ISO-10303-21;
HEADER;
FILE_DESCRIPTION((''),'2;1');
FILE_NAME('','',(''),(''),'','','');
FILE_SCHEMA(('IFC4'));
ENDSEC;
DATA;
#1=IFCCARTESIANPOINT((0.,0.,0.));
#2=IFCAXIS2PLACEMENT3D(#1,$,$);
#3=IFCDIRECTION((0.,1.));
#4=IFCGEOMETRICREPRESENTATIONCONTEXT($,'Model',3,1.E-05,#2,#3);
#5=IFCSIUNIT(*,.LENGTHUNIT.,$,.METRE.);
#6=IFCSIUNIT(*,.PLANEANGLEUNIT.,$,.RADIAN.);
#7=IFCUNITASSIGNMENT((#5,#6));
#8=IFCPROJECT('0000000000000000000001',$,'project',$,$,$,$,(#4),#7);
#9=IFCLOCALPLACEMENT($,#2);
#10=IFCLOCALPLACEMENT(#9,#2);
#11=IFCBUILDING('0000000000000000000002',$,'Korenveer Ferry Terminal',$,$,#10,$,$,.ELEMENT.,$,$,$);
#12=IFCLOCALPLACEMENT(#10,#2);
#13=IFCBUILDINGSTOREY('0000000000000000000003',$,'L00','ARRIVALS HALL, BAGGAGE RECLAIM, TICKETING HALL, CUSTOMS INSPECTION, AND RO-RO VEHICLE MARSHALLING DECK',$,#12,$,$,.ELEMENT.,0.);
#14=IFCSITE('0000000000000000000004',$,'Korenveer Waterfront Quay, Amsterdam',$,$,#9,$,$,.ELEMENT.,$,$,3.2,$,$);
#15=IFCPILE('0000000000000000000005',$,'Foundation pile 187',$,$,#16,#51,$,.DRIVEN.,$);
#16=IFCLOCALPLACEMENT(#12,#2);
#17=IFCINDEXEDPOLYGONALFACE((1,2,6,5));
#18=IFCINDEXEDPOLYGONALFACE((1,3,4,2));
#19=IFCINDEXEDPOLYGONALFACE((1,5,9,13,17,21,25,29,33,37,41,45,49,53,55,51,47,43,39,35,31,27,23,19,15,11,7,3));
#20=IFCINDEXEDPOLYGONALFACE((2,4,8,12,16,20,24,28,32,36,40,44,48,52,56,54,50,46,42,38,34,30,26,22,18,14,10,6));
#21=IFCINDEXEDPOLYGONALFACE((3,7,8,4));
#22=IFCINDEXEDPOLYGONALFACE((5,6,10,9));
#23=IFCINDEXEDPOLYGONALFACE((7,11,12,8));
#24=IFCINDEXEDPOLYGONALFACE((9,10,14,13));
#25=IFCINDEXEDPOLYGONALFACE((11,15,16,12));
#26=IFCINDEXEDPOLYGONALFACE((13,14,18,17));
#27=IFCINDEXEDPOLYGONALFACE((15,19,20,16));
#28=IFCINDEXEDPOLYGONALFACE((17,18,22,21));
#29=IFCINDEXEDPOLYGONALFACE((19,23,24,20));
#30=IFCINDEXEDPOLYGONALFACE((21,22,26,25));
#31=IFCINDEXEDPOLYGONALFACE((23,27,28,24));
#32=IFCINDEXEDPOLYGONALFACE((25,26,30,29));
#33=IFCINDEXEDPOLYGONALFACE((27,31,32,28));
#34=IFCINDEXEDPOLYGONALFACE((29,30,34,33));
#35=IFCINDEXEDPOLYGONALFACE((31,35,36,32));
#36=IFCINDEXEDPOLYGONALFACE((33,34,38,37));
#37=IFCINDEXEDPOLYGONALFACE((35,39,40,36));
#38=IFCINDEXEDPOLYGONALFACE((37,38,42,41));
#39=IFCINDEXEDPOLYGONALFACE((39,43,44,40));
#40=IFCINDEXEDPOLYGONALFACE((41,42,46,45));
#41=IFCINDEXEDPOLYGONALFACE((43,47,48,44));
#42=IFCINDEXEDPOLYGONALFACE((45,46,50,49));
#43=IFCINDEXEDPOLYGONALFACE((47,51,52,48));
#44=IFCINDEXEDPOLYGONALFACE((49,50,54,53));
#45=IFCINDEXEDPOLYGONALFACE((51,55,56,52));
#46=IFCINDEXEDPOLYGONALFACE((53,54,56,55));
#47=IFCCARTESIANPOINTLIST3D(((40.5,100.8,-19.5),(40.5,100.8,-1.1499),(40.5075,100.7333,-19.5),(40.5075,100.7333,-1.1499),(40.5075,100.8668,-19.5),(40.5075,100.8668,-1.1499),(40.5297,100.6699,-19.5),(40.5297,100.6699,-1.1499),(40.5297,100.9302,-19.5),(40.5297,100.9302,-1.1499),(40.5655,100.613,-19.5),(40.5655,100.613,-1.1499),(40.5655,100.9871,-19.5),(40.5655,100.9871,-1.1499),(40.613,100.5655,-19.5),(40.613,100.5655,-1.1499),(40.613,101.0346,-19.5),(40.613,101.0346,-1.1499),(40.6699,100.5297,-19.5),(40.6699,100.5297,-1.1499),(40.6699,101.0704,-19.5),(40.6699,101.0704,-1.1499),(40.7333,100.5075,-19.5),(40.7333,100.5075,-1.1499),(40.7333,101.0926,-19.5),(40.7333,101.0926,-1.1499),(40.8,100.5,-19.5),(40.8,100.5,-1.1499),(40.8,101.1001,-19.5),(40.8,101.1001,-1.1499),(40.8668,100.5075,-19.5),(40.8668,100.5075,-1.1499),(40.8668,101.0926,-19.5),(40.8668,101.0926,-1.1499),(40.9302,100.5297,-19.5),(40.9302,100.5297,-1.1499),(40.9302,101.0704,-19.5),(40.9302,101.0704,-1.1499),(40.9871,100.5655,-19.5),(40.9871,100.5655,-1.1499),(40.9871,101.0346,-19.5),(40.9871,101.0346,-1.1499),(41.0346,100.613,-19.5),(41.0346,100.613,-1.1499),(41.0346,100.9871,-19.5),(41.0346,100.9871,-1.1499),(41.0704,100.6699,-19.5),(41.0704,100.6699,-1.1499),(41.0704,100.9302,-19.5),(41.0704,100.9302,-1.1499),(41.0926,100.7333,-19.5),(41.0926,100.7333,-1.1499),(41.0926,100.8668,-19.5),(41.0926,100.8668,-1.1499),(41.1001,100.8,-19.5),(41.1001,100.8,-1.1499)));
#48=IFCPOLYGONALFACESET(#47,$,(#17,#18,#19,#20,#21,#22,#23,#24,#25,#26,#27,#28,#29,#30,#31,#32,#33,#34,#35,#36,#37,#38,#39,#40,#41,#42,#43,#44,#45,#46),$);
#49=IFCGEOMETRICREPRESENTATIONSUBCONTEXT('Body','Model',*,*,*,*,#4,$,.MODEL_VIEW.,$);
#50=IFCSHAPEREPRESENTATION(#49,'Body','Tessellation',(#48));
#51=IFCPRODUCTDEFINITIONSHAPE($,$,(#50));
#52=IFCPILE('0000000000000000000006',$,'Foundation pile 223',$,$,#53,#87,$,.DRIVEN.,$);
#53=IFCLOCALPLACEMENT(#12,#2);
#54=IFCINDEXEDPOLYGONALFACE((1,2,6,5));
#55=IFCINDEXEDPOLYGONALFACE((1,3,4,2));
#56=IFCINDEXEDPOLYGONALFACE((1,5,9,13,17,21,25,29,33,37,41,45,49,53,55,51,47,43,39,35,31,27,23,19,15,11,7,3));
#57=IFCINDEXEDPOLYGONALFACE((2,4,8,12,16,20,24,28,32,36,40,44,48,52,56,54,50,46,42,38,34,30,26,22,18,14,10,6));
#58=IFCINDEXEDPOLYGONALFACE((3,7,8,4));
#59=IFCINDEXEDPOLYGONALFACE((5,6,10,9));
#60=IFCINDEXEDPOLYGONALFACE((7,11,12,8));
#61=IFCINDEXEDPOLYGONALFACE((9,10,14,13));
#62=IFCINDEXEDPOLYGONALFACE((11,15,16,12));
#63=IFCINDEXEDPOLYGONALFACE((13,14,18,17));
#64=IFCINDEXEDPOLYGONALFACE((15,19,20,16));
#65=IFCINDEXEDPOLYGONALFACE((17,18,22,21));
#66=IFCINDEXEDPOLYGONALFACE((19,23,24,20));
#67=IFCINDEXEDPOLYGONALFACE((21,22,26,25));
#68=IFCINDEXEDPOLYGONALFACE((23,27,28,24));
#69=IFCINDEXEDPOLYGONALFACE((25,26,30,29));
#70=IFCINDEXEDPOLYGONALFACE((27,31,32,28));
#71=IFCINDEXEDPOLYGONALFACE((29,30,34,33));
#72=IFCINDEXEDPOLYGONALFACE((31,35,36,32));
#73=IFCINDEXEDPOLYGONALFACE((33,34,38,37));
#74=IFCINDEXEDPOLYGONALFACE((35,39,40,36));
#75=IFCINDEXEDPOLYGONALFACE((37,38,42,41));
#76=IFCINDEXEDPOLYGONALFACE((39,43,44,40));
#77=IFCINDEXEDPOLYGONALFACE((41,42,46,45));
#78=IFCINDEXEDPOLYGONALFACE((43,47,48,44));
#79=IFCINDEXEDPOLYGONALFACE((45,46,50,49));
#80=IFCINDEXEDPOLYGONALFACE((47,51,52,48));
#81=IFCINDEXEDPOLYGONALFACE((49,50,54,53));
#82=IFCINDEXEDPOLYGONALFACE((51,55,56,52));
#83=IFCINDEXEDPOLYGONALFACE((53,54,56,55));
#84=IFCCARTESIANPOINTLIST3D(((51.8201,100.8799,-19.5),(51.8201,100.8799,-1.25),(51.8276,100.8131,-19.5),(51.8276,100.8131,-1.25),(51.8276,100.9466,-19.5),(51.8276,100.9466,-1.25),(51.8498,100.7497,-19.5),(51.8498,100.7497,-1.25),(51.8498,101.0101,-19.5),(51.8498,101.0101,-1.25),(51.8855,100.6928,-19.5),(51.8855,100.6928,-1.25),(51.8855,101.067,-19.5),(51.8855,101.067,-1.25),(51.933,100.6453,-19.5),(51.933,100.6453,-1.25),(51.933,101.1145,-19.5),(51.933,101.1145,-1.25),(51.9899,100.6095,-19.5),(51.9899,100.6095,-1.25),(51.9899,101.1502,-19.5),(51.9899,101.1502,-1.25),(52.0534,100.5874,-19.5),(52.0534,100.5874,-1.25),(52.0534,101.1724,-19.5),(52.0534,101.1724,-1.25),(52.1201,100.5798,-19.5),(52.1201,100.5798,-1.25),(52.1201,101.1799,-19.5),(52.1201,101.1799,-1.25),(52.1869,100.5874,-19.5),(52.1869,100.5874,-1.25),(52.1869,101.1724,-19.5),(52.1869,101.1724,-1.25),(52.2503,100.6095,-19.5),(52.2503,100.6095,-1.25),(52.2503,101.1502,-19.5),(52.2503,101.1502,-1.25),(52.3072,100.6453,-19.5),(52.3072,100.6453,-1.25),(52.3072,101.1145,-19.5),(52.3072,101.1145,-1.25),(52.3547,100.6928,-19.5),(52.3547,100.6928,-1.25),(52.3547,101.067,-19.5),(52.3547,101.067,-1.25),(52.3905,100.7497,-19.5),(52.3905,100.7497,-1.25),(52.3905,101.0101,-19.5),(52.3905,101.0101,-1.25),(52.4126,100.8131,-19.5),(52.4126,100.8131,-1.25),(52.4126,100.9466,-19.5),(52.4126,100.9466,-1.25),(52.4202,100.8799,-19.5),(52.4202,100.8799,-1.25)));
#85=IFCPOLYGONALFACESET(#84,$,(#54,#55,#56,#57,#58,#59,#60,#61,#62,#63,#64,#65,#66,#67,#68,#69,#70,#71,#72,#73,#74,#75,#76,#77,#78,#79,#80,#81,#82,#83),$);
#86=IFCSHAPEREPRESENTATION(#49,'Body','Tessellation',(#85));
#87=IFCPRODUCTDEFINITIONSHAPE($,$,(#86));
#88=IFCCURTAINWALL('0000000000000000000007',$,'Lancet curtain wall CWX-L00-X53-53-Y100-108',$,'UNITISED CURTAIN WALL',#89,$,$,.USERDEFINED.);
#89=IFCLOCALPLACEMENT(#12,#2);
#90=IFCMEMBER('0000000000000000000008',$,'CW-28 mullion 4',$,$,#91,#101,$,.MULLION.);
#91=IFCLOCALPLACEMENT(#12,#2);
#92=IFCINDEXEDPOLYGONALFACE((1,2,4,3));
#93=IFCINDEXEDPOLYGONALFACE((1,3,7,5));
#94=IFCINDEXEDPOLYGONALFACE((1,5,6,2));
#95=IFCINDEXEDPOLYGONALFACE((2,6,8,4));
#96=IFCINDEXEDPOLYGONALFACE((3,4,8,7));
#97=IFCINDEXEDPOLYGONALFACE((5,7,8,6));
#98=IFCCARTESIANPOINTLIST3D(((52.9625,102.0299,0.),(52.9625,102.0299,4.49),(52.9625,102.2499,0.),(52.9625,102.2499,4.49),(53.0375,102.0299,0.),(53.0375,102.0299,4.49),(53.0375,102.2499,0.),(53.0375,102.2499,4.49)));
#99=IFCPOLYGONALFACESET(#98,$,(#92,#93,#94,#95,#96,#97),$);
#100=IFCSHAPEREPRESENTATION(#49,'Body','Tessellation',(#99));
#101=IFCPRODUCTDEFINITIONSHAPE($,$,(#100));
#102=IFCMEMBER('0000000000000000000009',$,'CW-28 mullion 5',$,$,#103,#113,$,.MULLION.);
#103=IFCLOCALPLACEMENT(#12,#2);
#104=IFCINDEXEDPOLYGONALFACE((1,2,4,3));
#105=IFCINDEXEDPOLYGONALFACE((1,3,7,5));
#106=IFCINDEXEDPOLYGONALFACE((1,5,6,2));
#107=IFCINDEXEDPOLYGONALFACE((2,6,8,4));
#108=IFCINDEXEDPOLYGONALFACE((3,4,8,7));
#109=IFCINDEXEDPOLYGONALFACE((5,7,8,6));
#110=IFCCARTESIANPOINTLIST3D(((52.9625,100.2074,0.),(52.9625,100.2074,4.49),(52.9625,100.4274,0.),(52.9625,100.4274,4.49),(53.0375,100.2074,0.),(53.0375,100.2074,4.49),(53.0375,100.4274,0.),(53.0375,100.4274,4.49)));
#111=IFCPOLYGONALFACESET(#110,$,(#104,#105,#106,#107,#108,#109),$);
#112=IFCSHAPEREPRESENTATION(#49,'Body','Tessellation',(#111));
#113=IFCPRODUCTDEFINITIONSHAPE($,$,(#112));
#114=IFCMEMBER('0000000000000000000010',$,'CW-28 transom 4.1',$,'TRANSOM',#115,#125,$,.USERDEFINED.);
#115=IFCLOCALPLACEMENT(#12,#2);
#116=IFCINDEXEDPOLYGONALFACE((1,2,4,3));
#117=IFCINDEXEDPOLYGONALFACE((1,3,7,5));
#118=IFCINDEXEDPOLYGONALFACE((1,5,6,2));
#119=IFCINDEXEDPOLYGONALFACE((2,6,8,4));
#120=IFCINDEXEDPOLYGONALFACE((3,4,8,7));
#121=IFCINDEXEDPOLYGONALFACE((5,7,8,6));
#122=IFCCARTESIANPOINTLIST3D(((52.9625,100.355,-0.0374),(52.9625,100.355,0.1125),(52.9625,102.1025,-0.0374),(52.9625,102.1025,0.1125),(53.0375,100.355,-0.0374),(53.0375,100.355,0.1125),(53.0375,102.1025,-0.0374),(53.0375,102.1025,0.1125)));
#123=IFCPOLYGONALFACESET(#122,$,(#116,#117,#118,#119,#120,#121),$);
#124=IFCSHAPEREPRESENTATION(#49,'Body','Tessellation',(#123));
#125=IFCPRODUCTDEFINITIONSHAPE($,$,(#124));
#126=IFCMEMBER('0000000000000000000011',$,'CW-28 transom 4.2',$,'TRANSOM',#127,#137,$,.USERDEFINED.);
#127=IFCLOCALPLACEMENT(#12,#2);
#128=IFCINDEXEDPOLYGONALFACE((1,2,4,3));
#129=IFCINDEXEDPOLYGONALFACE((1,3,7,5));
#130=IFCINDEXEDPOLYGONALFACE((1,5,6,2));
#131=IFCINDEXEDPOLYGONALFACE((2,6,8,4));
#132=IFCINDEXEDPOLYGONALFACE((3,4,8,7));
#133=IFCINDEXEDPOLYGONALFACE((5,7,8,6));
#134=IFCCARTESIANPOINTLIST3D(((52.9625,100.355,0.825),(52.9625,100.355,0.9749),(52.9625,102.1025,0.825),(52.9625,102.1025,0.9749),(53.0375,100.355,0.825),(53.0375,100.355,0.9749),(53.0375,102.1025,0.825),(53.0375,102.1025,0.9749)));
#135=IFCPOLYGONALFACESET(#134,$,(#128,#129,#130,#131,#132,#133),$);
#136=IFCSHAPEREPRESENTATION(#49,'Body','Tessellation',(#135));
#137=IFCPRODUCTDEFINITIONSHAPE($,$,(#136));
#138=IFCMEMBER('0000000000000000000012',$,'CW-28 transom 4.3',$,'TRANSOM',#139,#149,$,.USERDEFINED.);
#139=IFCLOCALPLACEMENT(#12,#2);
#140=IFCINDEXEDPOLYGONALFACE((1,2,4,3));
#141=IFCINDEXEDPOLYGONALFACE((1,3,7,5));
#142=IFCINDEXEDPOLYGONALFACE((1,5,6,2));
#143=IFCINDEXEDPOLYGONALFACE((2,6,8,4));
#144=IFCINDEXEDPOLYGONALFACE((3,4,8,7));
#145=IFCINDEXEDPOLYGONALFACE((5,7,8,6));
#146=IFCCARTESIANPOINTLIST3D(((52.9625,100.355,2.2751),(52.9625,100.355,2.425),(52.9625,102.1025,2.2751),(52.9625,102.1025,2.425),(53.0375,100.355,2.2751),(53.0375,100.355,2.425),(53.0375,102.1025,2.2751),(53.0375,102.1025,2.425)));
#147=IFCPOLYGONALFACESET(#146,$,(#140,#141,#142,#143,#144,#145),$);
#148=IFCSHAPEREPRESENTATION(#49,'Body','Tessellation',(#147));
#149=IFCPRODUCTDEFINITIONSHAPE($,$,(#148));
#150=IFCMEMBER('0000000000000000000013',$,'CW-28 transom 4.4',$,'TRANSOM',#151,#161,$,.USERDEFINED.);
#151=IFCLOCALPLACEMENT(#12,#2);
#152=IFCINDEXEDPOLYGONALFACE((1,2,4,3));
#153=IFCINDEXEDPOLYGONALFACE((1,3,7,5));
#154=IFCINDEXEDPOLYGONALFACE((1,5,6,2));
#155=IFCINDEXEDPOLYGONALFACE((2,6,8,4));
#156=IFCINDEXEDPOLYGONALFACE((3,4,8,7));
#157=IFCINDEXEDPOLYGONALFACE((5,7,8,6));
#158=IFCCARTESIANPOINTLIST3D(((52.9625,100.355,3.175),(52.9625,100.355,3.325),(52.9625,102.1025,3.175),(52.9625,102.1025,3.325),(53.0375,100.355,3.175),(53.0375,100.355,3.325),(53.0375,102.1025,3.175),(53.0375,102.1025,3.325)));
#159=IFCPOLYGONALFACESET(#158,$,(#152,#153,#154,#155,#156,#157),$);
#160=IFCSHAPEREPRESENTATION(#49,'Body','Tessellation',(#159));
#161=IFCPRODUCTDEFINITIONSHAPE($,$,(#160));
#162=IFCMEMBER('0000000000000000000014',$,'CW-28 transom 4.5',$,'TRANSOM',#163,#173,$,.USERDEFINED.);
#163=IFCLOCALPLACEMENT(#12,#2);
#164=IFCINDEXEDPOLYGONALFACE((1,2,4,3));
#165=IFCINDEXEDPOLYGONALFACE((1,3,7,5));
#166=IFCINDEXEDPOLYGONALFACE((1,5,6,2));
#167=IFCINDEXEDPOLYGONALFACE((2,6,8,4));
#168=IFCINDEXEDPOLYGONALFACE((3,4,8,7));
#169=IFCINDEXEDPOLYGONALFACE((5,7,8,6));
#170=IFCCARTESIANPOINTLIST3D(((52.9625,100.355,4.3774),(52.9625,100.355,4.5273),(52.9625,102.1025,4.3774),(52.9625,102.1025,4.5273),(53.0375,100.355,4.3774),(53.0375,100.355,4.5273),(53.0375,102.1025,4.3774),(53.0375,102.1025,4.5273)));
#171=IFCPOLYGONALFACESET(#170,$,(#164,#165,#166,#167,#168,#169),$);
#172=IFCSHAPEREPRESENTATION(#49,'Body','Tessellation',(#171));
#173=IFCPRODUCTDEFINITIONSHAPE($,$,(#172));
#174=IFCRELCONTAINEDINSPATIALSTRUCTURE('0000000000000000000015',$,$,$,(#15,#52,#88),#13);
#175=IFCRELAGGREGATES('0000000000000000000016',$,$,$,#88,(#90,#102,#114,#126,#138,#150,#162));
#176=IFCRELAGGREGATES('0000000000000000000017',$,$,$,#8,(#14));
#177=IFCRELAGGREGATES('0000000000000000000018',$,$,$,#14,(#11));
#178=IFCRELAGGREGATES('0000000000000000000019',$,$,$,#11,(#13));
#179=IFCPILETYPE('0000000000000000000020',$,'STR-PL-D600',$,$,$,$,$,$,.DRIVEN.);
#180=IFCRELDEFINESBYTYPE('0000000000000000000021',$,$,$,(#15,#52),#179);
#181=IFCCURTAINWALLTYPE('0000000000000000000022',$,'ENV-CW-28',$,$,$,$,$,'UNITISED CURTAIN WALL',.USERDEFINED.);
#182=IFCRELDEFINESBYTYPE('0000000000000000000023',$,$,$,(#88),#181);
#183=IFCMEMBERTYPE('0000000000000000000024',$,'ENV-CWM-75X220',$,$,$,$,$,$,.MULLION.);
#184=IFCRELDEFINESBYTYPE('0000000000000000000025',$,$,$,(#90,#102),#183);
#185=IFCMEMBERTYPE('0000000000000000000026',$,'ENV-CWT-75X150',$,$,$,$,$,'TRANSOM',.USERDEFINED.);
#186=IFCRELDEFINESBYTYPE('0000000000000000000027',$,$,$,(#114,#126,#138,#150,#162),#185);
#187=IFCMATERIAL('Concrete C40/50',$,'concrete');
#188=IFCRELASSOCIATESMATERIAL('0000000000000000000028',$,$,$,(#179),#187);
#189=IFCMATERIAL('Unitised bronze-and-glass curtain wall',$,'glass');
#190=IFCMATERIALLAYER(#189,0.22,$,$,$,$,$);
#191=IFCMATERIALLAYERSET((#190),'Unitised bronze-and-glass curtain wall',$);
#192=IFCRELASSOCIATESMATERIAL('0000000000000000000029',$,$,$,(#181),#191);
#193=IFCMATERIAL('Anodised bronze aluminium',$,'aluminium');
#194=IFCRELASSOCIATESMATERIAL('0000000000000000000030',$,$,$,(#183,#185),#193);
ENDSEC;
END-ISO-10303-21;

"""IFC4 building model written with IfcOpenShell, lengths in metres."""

from ifc_helpers import new_model, si_unit, direction, frame, origin, origin_2d, place, context, subcontext, project, spatial, rectangle, circle, extrude, material, layer, layer_set, material_profile, profile_set, type_object, element, aggregate, save


model = new_model("IFC4")

# Units and contexts
model_context = context("Model", 3, precision=1e-05, world=origin(), true_north=direction((0.0, 1.0)))
body_context = subcontext(model_context, "Body", "Model", "MODEL_VIEW")
ifc_project = project(units=[si_unit("LENGTHUNIT", "METRE"), si_unit("PLANEANGLEUNIT", "RADIAN")], contexts=[model_context])

# Site, building, storey
site_placement = place(None, origin())
site = spatial("IfcSite", under=ifc_project, at=site_placement, Name="Korenveer Waterfront Quay, Amsterdam", CompositionType="ELEMENT", RefElevation=3.2)
building_placement = place(site_placement, origin())
building = spatial("IfcBuilding", under=site, at=building_placement, Name="Korenveer Ferry Terminal", CompositionType="ELEMENT")
storey_placement = place(building_placement, origin())
storey = spatial("IfcBuildingStorey", under=building, at=storey_placement, Name="L00", Description="ARRIVALS HALL, BAGGAGE RECLAIM, TICKETING HALL, CUSTOMS INSPECTION, AND RO-RO VEHICLE MARSHALLING DECK", CompositionType="ELEMENT", Elevation=0.0)

# Piles
ifc_material_1 = material(Name="Concrete C40/50", Category="concrete")
ifc_material_profile_1 = material_profile(ifc_material_1, circle(Radius=0.3, at=origin_2d()), Name="PILE D600")
ifc_profile_set_1 = profile_set([ifc_material_profile_1], Name="Concrete C40/50")
pile_type = type_object("IfcPileType", Name="STR-PL-D600", PredefinedType="DRIVEN", material=ifc_profile_set_1)
pile_1_placement = place(storey_placement, frame((40.8, 100.8, -1.1499), z_axis=(0.0, 0.0, -1.0), x_axis=(1.0, 0.0, 0.0)))
element("IfcPile", 1, at=pile_1_placement, inside=storey, type_object=pile_type, Name="Foundation pile 187", PredefinedType="DRIVEN", context=body_context, shape_type="SweptSolid", body=[
    extrude(circle(Radius=0.3, at=origin_2d()), origin(), (0.0, 0.0, 1.0), 18.3501),
])
pile_2_placement = place(storey_placement, frame((52.1201, 100.8799, -1.25), z_axis=(0.0, 0.0, -1.0), x_axis=(1.0, 0.0, 0.0)))
element("IfcPile", 2, at=pile_2_placement, inside=storey, type_object=pile_type, Name="Foundation pile 223", PredefinedType="DRIVEN", context=body_context, shape_type="SweptSolid", body=[
    extrude(circle(Radius=0.3, at=origin_2d()), origin(), (0.0, 0.0, 1.0), 18.25),
])

# Curtain wall, members
ifc_material_2 = material(Name="Unitised bronze-and-glass curtain wall", Category="glass")
ifc_layer_1 = layer(ifc_material_2, 0.22)
ifc_layer_set_1 = layer_set([ifc_layer_1], Name="Unitised bronze-and-glass curtain wall")
curtain_wall_type = type_object("IfcCurtainWallType", Name="ENV-CW-28", ElementType="UNITISED CURTAIN WALL", PredefinedType="USERDEFINED", material=ifc_layer_set_1)
curtain_wall_placement = place(storey_placement, frame((53.0, 107.72, 0.0)))
curtain_wall = element("IfcCurtainWall", 3, at=curtain_wall_placement, inside=storey, type_object=curtain_wall_type, Name="Lancet curtain wall CWX-L00-X53-53-Y100-108", ObjectType="UNITISED CURTAIN WALL", PredefinedType="USERDEFINED")
ifc_material_3 = material(Name="Anodised bronze aluminium", Category="aluminium")
ifc_material_profile_2 = material_profile(ifc_material_3, rectangle(XDim=0.075, YDim=0.22, at=origin_2d()), Name="ALU 75x220")
ifc_profile_set_2 = profile_set([ifc_material_profile_2], Name="Anodised bronze aluminium")
member_type_1 = type_object("IfcMemberType", Name="ENV-CWM-75X220", PredefinedType="MULLION", material=ifc_profile_set_2)
member_1_placement = place(storey_placement, frame((53.0, 102.1399, 0.0), z_axis=(0.0, 0.0, 1.0), x_axis=(1.0, 0.0, 0.0)))
member_1 = element("IfcMember", 4, at=member_1_placement, type_object=member_type_1, Name="CW-28 mullion 4", PredefinedType="MULLION", context=body_context, shape_type="SweptSolid", body=[
    extrude(rectangle(XDim=0.075, YDim=0.22, at=origin_2d()), origin(), (0.0, 0.0, 1.0), 4.49),
])
member_2_placement = place(storey_placement, frame((53.0, 100.3174, 0.0), z_axis=(0.0, 0.0, 1.0), x_axis=(1.0, 0.0, 0.0)))
member_2 = element("IfcMember", 5, at=member_2_placement, type_object=member_type_1, Name="CW-28 mullion 5", PredefinedType="MULLION", context=body_context, shape_type="SweptSolid", body=[
    extrude(rectangle(XDim=0.075, YDim=0.22, at=origin_2d()), origin(), (0.0, 0.0, 1.0), 4.49),
])
ifc_material_profile_3 = material_profile(ifc_material_3, rectangle(XDim=0.075, YDim=0.1499, at=origin_2d()), Name="ALU 75x150")
ifc_profile_set_3 = profile_set([ifc_material_profile_3], Name="Anodised bronze aluminium")
member_type_2 = type_object("IfcMemberType", Name="ENV-CWT-75X150", ElementType="TRANSOM", PredefinedType="USERDEFINED", material=ifc_profile_set_3)
member_3_placement = place(storey_placement, frame((53.0, 102.1025, 0.0376), z_axis=(0.0, -1.0, 0.0), x_axis=(1.0, 0.0, 0.0)))
member_3 = element("IfcMember", 6, at=member_3_placement, type_object=member_type_2, Name="CW-28 transom 4.1", ObjectType="TRANSOM", PredefinedType="USERDEFINED", context=body_context, shape_type="SweptSolid", body=[
    extrude(rectangle(XDim=0.075, YDim=0.1499, at=origin_2d()), origin(), (0.0, 0.0, 1.0), 1.7476),
])
member_4_placement = place(storey_placement, frame((53.0, 102.1025, 0.8999), z_axis=(0.0, -1.0, 0.0), x_axis=(1.0, 0.0, 0.0)))
member_4 = element("IfcMember", 7, at=member_4_placement, type_object=member_type_2, Name="CW-28 transom 4.2", ObjectType="TRANSOM", PredefinedType="USERDEFINED", context=body_context, shape_type="SweptSolid", body=[
    extrude(rectangle(XDim=0.075, YDim=0.1499, at=origin_2d()), origin(), (0.0, 0.0, 1.0), 1.7476),
])
member_5_placement = place(storey_placement, frame((53.0, 102.1025, 2.3501), z_axis=(0.0, -1.0, 0.0), x_axis=(1.0, 0.0, 0.0)))
member_5 = element("IfcMember", 8, at=member_5_placement, type_object=member_type_2, Name="CW-28 transom 4.3", ObjectType="TRANSOM", PredefinedType="USERDEFINED", context=body_context, shape_type="SweptSolid", body=[
    extrude(rectangle(XDim=0.075, YDim=0.1499, at=origin_2d()), origin(), (0.0, 0.0, 1.0), 1.7476),
])
member_6_placement = place(storey_placement, frame((53.0, 102.1025, 3.25), z_axis=(0.0, -1.0, 0.0), x_axis=(1.0, 0.0, 0.0)))
member_6 = element("IfcMember", 9, at=member_6_placement, type_object=member_type_2, Name="CW-28 transom 4.4", ObjectType="TRANSOM", PredefinedType="USERDEFINED", context=body_context, shape_type="SweptSolid", body=[
    extrude(rectangle(XDim=0.075, YDim=0.1499, at=origin_2d()), origin(), (0.0, 0.0, 1.0), 1.7476),
])
member_7_placement = place(storey_placement, frame((53.0, 102.1025, 4.4524), z_axis=(0.0, -1.0, 0.0), x_axis=(1.0, 0.0, 0.0)))
member_7 = element("IfcMember", 10, at=member_7_placement, type_object=member_type_2, Name="CW-28 transom 4.5", ObjectType="TRANSOM", PredefinedType="USERDEFINED", context=body_context, shape_type="SweptSolid", body=[
    extrude(rectangle(XDim=0.075, YDim=0.1499, at=origin_2d()), origin(), (0.0, 0.0, 1.0), 1.7476),
])

aggregate(curtain_wall, [member_1, member_2, member_3, member_4, member_5, member_6, member_7])

save(model, "model.ifc")
